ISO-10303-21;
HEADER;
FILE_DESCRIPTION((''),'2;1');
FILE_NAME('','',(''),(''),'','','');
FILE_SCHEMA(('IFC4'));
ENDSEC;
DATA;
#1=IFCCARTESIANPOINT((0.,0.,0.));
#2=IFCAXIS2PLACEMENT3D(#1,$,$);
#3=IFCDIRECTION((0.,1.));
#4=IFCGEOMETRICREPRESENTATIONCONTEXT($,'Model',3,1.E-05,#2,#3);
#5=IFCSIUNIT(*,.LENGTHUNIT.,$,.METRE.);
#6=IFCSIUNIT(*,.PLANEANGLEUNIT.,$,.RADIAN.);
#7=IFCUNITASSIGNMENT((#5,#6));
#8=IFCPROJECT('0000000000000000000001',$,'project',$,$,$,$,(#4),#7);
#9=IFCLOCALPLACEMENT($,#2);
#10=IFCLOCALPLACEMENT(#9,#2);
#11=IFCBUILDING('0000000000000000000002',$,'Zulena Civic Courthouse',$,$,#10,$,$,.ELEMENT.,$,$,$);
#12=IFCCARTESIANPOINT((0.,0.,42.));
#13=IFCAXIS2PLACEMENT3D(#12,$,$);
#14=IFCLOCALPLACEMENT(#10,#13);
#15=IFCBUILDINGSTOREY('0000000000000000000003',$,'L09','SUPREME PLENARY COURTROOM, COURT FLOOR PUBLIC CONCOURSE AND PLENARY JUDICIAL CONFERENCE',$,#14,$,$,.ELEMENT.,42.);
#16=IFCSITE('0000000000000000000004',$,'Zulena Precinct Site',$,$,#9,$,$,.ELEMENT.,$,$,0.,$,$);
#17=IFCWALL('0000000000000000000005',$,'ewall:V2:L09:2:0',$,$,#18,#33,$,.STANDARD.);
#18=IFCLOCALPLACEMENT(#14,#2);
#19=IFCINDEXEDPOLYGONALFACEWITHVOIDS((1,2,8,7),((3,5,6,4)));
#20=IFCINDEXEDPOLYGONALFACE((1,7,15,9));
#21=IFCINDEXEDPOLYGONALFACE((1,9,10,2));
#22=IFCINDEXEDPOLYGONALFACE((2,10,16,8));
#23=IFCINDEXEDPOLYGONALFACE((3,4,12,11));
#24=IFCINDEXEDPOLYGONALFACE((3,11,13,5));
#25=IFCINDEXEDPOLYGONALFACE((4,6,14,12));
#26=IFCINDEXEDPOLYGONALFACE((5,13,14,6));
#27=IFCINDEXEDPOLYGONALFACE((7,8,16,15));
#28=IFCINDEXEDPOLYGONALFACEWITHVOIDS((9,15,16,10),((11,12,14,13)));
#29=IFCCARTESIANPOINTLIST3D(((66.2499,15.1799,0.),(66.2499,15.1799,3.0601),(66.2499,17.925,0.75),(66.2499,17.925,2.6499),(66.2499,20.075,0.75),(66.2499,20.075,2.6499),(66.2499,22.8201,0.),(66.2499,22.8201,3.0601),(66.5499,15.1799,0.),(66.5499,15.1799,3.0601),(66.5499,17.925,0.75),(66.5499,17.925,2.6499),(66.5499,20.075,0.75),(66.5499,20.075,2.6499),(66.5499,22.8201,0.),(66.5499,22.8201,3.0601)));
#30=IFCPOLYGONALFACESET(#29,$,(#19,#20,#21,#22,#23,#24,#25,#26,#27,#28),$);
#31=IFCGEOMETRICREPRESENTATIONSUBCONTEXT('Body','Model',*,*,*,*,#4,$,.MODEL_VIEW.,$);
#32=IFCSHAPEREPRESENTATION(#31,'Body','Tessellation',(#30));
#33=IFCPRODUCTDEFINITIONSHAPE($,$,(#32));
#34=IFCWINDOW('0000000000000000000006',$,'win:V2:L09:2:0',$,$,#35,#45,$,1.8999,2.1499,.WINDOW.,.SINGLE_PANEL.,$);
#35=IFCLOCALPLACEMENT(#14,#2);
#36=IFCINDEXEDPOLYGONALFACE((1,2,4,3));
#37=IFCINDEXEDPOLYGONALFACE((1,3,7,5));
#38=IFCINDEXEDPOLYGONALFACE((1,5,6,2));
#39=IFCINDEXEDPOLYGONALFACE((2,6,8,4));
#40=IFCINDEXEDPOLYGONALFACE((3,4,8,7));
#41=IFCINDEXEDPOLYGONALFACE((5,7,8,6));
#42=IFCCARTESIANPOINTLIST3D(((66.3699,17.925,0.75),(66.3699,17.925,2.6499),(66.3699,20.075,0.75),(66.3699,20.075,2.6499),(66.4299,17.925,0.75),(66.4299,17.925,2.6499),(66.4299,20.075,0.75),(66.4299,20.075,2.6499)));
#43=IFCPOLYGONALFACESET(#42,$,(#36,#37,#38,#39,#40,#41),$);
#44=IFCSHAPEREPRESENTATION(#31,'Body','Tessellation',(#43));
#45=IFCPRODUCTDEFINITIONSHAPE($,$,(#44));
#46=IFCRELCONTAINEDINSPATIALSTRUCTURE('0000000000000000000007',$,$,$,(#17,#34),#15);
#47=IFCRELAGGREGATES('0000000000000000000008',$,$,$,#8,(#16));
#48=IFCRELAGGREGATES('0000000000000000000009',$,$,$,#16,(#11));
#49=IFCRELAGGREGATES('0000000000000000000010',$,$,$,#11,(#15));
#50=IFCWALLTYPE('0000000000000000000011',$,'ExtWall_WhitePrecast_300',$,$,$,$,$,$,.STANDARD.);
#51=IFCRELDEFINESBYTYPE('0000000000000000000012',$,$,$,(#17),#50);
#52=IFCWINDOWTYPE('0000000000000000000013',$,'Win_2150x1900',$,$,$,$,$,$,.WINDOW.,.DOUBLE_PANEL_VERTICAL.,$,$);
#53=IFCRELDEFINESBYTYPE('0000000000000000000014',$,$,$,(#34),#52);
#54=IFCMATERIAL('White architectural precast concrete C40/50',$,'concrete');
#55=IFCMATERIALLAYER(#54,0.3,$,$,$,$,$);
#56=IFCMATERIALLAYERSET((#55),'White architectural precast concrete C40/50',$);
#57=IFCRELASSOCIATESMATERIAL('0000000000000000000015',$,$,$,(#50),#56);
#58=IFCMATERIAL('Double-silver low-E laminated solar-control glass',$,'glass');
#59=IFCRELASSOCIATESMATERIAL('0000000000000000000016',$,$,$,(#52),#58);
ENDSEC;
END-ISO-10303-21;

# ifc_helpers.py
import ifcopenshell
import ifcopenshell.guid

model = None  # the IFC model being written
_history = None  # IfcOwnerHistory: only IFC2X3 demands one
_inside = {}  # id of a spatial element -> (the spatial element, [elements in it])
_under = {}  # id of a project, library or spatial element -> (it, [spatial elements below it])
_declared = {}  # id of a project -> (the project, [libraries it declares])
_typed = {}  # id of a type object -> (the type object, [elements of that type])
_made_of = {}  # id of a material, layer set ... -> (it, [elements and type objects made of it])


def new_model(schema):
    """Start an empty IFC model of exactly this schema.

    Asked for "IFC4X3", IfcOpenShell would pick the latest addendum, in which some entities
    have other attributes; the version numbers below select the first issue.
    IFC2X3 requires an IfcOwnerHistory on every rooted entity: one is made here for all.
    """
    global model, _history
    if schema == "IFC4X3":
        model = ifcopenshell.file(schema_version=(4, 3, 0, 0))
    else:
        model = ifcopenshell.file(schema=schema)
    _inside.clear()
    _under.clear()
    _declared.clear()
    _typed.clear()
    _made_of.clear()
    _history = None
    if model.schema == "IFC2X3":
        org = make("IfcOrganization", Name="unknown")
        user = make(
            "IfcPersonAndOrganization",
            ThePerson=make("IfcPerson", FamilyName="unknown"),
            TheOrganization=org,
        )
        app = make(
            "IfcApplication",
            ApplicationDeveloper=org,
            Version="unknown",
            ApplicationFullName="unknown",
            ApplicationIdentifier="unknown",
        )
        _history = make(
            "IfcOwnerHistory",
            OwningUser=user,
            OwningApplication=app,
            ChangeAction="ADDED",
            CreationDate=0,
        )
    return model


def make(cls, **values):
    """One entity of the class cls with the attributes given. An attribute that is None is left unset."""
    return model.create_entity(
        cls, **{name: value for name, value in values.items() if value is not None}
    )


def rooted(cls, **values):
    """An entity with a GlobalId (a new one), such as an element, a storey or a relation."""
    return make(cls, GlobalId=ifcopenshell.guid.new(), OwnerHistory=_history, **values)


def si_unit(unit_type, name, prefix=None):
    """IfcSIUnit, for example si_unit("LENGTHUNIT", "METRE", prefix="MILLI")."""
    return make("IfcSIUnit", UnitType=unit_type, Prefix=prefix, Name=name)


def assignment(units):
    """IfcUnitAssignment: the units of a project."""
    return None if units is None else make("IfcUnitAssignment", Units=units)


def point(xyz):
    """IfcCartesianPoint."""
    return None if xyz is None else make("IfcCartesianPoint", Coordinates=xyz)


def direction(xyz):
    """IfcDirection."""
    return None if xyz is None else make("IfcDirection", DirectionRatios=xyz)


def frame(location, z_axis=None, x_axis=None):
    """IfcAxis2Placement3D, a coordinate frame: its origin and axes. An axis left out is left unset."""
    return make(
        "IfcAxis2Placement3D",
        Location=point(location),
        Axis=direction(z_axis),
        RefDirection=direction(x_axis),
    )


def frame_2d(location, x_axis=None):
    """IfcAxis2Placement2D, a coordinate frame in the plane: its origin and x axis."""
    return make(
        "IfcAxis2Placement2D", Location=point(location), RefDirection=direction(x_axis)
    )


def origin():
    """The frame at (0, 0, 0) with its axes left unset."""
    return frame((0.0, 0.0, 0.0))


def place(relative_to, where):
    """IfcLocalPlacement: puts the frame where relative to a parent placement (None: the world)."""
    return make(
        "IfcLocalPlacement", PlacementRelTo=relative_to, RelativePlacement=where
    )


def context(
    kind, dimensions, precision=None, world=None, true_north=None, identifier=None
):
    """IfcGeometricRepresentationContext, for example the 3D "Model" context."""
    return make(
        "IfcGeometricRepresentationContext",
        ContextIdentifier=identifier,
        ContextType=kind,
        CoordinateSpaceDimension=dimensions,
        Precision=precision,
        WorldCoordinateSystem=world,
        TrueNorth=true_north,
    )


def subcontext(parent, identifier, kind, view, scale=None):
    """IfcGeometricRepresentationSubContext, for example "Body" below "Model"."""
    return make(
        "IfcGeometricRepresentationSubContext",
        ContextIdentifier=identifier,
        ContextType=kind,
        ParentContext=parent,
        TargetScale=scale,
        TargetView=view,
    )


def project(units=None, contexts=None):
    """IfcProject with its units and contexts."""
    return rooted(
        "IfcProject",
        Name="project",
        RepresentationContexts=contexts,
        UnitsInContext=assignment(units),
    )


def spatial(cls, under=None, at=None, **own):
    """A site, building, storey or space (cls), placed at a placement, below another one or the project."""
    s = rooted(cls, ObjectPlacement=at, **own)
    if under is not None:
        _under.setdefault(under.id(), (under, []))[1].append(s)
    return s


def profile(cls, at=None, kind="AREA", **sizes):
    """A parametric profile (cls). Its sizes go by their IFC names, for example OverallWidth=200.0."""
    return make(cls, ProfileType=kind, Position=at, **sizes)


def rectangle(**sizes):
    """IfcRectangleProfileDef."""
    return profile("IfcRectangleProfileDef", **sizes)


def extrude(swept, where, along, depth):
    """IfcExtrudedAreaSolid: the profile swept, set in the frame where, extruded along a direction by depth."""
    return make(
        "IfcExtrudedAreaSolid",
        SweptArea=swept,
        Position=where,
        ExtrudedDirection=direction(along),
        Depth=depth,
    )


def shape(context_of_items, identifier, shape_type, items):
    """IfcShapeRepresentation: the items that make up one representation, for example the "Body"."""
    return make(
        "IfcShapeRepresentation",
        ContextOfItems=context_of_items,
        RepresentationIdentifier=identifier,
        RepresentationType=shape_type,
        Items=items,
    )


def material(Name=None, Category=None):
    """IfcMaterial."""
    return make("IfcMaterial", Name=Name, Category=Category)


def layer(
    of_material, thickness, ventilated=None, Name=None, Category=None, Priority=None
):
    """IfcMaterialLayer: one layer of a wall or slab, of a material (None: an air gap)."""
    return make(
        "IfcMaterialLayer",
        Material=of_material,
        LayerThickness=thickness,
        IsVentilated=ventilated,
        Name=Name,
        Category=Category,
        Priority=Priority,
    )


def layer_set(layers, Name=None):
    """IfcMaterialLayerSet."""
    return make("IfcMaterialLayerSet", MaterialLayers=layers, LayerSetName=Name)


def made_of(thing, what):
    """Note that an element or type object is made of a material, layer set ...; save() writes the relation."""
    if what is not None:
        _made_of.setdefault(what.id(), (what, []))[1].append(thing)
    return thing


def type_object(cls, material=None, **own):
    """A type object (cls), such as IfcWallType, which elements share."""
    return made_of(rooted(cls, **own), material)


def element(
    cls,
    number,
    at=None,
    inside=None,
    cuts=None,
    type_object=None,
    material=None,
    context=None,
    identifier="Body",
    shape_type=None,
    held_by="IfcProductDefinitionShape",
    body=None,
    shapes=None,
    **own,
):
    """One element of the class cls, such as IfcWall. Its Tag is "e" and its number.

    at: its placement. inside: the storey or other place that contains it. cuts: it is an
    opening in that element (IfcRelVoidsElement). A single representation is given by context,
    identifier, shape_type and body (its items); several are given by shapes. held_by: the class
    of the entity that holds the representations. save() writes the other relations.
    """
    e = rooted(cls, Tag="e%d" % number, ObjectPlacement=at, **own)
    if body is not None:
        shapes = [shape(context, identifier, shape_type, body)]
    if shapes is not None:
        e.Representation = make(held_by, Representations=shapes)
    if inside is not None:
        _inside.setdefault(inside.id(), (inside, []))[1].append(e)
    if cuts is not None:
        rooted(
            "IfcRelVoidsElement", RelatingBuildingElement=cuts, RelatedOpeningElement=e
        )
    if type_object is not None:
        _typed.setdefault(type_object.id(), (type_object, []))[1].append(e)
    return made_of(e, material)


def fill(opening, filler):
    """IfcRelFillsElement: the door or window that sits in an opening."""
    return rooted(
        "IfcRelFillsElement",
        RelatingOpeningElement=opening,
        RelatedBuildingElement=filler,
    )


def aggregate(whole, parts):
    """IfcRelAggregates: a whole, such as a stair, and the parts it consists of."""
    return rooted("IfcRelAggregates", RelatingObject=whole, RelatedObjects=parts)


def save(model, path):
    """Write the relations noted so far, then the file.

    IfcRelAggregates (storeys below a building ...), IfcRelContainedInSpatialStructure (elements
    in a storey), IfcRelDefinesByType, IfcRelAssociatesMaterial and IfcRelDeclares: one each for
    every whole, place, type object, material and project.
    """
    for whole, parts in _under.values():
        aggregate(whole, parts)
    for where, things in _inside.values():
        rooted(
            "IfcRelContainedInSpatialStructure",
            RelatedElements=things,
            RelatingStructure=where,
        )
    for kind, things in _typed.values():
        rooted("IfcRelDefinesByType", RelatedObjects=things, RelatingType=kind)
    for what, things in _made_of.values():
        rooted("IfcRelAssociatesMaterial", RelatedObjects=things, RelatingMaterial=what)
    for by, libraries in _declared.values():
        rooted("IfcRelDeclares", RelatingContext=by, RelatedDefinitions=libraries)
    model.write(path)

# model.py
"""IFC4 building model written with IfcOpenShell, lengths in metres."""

from ifc_helpers import new_model, si_unit, direction, frame, frame_2d, origin, place, context, subcontext, project, spatial, rectangle, extrude, material, layer, layer_set, type_object, element, fill, save


model = new_model("IFC4")

# Units and contexts
model_context = context("Model", 3, precision=1e-05, world=origin(), true_north=direction((0.0, 1.0)))
body_context = subcontext(model_context, "Body", "Model", "MODEL_VIEW")
ifc_project = project(units=[si_unit("LENGTHUNIT", "METRE"), si_unit("PLANEANGLEUNIT", "RADIAN")], contexts=[model_context])

# Site, building, storey
site_placement = place(None, origin())
site = spatial("IfcSite", under=ifc_project, at=site_placement, Name="Zulena Precinct Site", CompositionType="ELEMENT", RefElevation=0.0)
building_placement = place(site_placement, origin())
building = spatial("IfcBuilding", under=site, at=building_placement, Name="Zulena Civic Courthouse", CompositionType="ELEMENT")
storey_placement = place(building_placement, frame((0.0, 0.0, 42.0)))
storey = spatial("IfcBuildingStorey", under=building, at=storey_placement, Name="L09", Description="SUPREME PLENARY COURTROOM, COURT FLOOR PUBLIC CONCOURSE AND PLENARY JUDICIAL CONFERENCE", CompositionType="ELEMENT", Elevation=42.0)

# Shared definitions
ifc_material_1 = material(Name="Double-silver low-E laminated solar-control glass", Category="glass")

# Wall, opening, window
ifc_material_2 = material(Name="White architectural precast concrete C40/50", Category="concrete")
ifc_layer_1 = layer(ifc_material_2, 0.3)
ifc_layer_set_1 = layer_set([ifc_layer_1], Name="White architectural precast concrete C40/50")
wall_type = type_object("IfcWallType", Name="ExtWall_WhitePrecast_300", PredefinedType="STANDARD", material=ifc_layer_set_1)
wall_placement = place(storey_placement, frame((66.3999, 22.8201, 0.0), z_axis=(0.0, 0.0, 1.0), x_axis=(0.0, -1.0, 0.0)))
wall = element("IfcWall", 1, at=wall_placement, inside=storey, type_object=wall_type, Name="ewall:V2:L09:2:0", PredefinedType="STANDARD", context=body_context, shape_type="SweptSolid", body=[
    extrude(rectangle(XDim=7.6401, YDim=0.3, at=frame_2d((3.8201, 0.0))), origin(), (0.0, 0.0, 1.0), 3.0601),
])
opening_placement = place(wall_placement, frame((2.7451, 0.0, 0.75)))
opening = element("IfcOpeningElement", 2, at=opening_placement, cuts=wall, PredefinedType="OPENING", context=body_context, shape_type="SweptSolid", body=[
    extrude(rectangle(XDim=2.1499, YDim=1.8999, at=frame_2d((1.075, 0.95))), frame((0.0, 0.1599, 0.0), z_axis=(0.0, -1.0, 0.0), x_axis=(1.0, 0.0, 0.0)), (0.0, 0.0, 1.0), 0.3201),
])
window_type = type_object("IfcWindowType", Name="Win_2150x1900", PartitioningType="DOUBLE_PANEL_VERTICAL", PredefinedType="WINDOW", material=ifc_material_1)
window_placement = place(opening_placement, origin())
window = element("IfcWindow", 3, at=window_placement, inside=storey, type_object=window_type, Name="win:V2:L09:2:0", OverallHeight=1.8999, OverallWidth=2.1499, PartitioningType="SINGLE_PANEL", PredefinedType="WINDOW", context=body_context, shape_type="SweptSolid", body=[
    extrude(rectangle(XDim=2.1499, YDim=1.8999, at=frame_2d((1.075, 0.95))), frame((0.0, 0.03, 0.0), z_axis=(0.0, -1.0, 0.0), x_axis=(1.0, 0.0, 0.0)), (0.0, 0.0, 1.0), 0.0601),
])
fill(opening, window)

save(model, "model.ifc")
